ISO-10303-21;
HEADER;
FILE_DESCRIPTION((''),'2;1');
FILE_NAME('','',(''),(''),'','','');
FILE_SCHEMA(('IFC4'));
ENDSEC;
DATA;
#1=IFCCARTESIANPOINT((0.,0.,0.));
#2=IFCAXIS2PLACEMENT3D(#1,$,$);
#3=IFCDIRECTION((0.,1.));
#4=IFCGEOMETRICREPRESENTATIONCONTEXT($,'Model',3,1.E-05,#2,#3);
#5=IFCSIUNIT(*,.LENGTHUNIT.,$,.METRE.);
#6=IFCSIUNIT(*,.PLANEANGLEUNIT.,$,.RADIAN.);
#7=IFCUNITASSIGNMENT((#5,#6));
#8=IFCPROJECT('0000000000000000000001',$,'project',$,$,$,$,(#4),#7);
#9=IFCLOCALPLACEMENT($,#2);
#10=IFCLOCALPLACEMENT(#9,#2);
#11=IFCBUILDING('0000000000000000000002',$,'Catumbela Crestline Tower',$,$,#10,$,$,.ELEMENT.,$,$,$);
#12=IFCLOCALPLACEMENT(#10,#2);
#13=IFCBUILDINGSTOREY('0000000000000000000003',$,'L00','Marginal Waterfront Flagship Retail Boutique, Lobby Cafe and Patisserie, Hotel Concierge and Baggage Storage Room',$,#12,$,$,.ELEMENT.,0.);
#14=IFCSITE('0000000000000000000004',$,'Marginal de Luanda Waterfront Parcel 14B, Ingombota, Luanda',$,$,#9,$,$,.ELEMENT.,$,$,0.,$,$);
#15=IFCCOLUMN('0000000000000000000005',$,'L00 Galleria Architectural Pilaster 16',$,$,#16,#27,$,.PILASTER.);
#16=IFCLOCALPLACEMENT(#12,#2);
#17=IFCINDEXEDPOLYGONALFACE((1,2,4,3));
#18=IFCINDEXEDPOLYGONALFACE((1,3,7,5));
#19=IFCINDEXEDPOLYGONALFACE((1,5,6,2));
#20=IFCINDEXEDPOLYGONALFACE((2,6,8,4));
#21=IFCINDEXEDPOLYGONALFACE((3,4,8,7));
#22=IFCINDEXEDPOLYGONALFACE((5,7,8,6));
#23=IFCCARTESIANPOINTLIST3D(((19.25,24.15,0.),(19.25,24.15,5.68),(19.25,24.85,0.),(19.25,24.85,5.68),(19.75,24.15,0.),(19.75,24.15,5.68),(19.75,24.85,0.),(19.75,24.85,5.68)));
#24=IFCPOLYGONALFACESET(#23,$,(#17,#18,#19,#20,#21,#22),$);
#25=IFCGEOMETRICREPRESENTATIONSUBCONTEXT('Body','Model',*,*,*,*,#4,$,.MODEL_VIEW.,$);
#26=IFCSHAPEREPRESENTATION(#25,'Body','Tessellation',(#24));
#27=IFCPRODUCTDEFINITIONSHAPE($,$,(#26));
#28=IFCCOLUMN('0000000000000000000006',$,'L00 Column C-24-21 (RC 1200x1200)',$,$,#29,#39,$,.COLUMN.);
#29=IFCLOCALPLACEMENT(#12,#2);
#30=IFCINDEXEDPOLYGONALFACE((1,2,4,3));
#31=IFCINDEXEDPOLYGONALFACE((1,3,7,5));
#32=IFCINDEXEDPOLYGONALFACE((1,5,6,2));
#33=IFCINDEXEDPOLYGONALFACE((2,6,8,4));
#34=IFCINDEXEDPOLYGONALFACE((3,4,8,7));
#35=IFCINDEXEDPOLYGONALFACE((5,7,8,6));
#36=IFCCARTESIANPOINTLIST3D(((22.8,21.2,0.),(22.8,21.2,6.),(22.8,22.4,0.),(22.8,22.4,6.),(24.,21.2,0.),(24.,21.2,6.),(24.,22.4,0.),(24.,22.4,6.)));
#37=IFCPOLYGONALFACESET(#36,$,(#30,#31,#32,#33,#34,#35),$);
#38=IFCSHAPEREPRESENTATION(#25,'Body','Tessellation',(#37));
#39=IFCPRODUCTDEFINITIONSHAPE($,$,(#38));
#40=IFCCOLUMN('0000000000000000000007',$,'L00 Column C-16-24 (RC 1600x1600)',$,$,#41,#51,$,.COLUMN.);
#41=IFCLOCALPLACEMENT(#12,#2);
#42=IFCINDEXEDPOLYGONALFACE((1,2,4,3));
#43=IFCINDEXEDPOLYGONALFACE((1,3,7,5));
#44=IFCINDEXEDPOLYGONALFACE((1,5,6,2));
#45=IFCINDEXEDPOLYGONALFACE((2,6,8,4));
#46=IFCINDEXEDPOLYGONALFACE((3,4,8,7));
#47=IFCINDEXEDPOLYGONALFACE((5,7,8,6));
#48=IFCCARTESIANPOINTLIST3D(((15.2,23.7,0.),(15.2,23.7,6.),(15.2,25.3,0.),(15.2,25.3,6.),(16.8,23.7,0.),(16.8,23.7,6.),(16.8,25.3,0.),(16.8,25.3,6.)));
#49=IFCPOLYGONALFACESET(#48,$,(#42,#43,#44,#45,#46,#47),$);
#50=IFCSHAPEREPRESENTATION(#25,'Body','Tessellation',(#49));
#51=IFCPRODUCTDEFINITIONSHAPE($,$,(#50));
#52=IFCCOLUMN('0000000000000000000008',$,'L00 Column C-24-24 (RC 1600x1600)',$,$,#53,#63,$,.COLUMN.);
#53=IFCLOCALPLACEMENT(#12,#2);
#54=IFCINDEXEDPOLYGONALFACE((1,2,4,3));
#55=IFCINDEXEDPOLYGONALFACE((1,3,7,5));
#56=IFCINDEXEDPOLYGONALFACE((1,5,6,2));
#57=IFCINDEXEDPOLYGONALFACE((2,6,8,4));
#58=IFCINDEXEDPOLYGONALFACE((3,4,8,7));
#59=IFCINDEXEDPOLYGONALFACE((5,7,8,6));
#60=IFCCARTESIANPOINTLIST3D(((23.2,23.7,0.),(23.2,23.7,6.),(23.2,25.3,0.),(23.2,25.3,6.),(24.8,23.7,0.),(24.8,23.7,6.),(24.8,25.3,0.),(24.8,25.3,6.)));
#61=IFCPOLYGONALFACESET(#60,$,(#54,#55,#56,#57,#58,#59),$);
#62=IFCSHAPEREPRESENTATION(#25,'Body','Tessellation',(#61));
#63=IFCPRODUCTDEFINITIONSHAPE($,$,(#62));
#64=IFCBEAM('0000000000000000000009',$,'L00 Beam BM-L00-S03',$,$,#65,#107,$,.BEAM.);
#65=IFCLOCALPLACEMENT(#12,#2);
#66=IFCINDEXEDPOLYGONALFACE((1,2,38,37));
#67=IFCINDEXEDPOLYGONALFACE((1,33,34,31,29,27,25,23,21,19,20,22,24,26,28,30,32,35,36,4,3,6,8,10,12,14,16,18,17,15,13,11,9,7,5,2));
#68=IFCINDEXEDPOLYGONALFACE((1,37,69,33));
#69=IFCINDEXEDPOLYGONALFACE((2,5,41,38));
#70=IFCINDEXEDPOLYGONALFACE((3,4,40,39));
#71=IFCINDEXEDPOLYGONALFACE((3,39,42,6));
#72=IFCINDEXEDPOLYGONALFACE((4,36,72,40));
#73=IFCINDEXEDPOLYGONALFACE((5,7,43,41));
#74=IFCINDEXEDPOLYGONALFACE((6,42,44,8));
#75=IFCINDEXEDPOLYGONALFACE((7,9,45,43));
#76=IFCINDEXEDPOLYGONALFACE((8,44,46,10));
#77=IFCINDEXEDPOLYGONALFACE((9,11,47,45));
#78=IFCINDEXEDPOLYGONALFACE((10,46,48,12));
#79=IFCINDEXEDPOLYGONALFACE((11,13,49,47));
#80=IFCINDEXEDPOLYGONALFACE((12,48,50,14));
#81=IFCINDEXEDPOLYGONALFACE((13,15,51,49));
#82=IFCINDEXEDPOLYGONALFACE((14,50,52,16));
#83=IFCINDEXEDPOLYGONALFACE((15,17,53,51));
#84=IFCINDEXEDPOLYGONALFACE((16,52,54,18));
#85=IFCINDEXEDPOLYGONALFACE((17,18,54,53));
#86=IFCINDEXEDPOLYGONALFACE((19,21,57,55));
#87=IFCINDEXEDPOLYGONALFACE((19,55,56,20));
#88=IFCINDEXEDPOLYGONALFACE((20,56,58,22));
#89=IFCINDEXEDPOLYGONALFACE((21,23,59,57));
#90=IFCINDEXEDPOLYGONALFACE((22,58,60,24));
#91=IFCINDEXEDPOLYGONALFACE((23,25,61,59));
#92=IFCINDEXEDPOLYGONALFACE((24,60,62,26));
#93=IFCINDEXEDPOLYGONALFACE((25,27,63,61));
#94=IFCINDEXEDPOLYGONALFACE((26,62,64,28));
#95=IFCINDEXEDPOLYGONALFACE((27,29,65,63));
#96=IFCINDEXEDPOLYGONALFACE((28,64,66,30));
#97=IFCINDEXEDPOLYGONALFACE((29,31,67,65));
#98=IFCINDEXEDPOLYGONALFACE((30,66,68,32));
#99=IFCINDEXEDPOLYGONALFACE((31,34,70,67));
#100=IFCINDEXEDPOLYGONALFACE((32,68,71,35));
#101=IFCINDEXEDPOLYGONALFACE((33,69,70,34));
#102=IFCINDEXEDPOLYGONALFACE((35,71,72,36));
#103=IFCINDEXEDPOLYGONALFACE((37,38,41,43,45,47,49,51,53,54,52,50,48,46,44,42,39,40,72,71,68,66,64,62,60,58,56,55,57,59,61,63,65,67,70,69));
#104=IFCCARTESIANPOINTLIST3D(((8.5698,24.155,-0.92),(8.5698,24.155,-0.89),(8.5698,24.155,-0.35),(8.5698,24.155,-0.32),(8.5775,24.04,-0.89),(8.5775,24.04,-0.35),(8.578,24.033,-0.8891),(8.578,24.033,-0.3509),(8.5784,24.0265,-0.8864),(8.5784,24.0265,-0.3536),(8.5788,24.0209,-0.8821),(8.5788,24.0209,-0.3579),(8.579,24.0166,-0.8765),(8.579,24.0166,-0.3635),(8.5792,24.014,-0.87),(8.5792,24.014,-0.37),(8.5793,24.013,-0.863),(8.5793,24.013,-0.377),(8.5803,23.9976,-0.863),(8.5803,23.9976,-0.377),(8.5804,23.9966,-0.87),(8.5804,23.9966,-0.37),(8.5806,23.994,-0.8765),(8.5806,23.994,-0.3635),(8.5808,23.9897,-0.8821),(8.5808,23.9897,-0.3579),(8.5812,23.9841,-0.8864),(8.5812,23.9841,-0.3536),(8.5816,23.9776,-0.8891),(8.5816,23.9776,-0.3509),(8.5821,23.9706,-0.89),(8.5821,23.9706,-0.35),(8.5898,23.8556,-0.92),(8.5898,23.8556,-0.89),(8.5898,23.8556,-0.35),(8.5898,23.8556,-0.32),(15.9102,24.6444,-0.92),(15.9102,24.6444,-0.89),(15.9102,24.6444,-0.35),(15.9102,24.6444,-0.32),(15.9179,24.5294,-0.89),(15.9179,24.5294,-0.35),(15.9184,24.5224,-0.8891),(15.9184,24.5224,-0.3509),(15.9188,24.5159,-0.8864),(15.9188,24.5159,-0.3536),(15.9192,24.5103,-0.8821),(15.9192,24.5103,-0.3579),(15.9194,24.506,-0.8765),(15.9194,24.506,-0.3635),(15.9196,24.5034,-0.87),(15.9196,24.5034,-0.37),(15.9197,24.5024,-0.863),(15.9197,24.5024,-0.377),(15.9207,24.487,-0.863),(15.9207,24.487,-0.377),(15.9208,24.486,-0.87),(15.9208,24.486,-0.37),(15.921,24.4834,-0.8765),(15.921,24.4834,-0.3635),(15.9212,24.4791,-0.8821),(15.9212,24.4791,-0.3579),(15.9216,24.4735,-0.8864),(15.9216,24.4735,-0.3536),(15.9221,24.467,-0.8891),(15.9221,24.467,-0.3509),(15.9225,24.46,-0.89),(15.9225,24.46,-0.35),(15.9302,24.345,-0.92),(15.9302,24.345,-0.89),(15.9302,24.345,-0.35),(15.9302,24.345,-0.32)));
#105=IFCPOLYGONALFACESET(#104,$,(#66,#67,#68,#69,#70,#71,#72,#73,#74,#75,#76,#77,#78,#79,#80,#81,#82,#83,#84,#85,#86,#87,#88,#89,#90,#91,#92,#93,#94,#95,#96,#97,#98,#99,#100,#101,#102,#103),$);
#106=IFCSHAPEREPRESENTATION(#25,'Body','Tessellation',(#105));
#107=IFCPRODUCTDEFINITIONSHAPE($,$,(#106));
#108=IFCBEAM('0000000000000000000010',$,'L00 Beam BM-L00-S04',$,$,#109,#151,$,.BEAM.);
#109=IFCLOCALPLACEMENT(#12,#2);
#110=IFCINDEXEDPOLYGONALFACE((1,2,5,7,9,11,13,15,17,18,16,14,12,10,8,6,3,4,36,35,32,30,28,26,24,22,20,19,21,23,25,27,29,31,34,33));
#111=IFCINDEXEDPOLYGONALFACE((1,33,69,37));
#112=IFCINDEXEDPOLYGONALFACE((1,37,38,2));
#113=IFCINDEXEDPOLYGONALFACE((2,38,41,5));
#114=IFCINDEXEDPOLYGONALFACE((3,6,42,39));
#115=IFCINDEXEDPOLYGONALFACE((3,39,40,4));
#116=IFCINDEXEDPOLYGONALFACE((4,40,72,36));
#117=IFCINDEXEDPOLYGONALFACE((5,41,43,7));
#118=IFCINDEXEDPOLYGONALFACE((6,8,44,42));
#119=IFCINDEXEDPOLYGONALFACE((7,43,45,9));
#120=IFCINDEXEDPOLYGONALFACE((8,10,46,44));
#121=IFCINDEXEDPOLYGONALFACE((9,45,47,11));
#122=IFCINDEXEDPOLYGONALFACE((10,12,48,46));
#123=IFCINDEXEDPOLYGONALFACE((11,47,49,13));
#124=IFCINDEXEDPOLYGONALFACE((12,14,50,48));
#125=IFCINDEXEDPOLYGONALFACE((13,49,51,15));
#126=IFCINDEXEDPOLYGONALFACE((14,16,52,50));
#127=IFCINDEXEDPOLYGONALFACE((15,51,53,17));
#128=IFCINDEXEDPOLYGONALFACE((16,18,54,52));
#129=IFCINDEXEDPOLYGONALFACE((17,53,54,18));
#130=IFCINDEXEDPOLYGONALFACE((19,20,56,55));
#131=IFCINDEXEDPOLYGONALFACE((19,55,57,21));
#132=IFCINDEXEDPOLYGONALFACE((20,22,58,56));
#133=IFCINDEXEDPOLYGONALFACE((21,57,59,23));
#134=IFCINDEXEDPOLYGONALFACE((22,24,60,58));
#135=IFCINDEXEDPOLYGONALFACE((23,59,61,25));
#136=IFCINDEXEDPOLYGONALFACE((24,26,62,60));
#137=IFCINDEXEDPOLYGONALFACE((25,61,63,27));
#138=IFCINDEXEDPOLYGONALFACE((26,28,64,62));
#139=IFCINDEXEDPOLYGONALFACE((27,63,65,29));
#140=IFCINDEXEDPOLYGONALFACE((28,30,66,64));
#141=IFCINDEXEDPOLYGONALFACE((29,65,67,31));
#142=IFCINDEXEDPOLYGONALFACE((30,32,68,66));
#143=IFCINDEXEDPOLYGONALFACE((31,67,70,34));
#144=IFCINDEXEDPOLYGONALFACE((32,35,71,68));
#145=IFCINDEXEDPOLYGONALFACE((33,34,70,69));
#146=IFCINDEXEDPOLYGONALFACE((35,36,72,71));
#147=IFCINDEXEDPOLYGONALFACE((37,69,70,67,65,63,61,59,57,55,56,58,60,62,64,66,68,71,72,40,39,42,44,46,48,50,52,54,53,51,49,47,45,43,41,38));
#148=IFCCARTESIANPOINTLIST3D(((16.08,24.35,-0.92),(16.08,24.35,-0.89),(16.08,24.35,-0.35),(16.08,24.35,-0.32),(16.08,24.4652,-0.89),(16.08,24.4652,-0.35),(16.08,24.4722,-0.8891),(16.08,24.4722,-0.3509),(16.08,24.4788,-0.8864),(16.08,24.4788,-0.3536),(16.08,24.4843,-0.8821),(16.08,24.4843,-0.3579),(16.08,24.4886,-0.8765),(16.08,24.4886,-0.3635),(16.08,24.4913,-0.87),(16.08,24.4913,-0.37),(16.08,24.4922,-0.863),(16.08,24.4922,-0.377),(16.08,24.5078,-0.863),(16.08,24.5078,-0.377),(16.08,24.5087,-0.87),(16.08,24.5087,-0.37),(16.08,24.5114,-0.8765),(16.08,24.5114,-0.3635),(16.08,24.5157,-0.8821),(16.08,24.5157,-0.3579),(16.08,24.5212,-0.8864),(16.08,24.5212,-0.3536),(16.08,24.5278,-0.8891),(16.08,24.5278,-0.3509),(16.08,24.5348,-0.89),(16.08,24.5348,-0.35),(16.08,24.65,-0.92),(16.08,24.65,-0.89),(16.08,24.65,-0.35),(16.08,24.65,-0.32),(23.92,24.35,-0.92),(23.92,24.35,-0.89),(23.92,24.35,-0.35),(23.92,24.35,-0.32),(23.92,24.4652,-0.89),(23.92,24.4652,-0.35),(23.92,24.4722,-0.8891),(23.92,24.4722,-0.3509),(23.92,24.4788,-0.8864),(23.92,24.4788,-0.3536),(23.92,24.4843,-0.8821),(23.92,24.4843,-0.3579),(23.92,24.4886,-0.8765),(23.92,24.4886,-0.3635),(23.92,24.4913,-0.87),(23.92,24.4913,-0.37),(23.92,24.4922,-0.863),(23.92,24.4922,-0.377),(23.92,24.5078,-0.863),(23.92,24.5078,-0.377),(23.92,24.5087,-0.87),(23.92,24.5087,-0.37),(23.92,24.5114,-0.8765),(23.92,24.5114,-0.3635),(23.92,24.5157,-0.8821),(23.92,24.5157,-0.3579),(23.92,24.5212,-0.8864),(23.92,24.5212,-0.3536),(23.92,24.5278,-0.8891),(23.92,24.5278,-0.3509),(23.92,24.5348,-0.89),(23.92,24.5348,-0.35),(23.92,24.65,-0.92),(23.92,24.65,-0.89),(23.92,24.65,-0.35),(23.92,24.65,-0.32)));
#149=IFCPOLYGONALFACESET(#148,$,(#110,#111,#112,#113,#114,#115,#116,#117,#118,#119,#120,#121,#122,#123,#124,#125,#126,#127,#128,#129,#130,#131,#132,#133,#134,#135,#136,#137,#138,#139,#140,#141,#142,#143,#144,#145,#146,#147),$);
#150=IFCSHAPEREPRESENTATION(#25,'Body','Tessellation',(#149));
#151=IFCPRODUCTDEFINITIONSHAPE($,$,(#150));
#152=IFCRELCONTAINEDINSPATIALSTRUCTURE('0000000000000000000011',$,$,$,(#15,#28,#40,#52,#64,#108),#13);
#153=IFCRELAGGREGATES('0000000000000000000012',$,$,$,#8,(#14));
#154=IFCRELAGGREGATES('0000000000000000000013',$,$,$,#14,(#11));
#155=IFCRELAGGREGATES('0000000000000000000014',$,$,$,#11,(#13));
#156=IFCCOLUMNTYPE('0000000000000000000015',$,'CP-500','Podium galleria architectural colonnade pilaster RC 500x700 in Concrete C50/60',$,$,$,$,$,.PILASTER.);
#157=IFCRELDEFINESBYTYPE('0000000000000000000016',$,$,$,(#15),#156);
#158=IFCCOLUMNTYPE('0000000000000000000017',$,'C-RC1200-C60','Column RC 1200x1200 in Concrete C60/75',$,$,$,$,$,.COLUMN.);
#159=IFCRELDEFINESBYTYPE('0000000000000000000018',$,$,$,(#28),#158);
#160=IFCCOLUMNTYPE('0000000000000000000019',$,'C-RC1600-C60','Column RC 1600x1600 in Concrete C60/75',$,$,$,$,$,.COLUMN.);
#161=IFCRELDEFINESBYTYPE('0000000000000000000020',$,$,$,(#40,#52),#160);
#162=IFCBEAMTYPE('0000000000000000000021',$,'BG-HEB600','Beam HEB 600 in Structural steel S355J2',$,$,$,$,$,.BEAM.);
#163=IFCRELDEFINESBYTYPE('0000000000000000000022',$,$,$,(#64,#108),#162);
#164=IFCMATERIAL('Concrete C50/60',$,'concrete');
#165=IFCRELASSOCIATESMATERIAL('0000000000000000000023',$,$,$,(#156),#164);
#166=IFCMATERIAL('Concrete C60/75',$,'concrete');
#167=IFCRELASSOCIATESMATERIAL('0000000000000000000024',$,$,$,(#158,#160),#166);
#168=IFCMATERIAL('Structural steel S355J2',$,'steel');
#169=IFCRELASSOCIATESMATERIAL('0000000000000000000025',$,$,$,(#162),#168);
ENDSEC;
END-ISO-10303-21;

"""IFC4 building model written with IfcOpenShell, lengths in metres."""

from ifc_helpers import new_model, si_unit, direction, frame, origin, origin_2d, place, context, subcontext, project, spatial, rectangle, i_section, extrude, material, material_profile, profile_set, type_object, element, save


model = new_model("IFC4")

# Units and contexts
model_context = context("Model", 3, precision=1e-05, world=origin(), true_north=direction((0.0, 1.0)))
body_context = subcontext(model_context, "Body", "Model", "MODEL_VIEW")
ifc_project = project(units=[si_unit("LENGTHUNIT", "METRE"), si_unit("PLANEANGLEUNIT", "RADIAN")], contexts=[model_context])

# Site, building, storey
site_placement = place(None, origin())
site = spatial("IfcSite", under=ifc_project, at=site_placement, Name="Marginal de Luanda Waterfront Parcel 14B, Ingombota, Luanda", CompositionType="ELEMENT", RefElevation=0.0)
building_placement = place(site_placement, origin())
building = spatial("IfcBuilding", under=site, at=building_placement, Name="Catumbela Crestline Tower", CompositionType="ELEMENT")
storey_placement = place(building_placement, origin())
storey = spatial("IfcBuildingStorey", under=building, at=storey_placement, Name="L00", Description="Marginal Waterfront Flagship Retail Boutique, Lobby Cafe and Patisserie, Hotel Concierge and Baggage Storage Room", CompositionType="ELEMENT", Elevation=0.0)

# Columns
ifc_material_1 = material(Name="Concrete C50/60", Category="concrete")
ifc_material_profile_1 = material_profile(ifc_material_1, rectangle(XDim=0.5, YDim=0.7, at=origin_2d()), Name="RC 500x700")
ifc_profile_set_1 = profile_set([ifc_material_profile_1], Name="Concrete C50/60")
column_type_1 = type_object("IfcColumnType", Name="CP-500", Description="Podium galleria architectural colonnade pilaster RC 500x700 in Concrete C50/60", PredefinedType="PILASTER", material=ifc_profile_set_1)
column_1_placement = place(storey_placement, frame((19.5, 24.5, 0.0), z_axis=(0.0, 0.0, 1.0), x_axis=(1.0, 0.0, 0.0)))
element("IfcColumn", 1, at=column_1_placement, inside=storey, type_object=column_type_1, Name="L00 Galleria Architectural Pilaster 16", PredefinedType="PILASTER", context=body_context, shape_type="SweptSolid", body=[
    extrude(rectangle(XDim=0.5, YDim=0.7, at=origin_2d()), origin(), (0.0, 0.0, 1.0), 5.68),
])
ifc_material_2 = material(Name="Concrete C60/75", Category="concrete")
ifc_material_profile_2 = material_profile(ifc_material_2, rectangle(XDim=1.2, YDim=1.2, at=origin_2d()), Name="RC 1200x1200")
ifc_profile_set_2 = profile_set([ifc_material_profile_2], Name="Concrete C60/75")
column_type_2 = type_object("IfcColumnType", Name="C-RC1200-C60", Description="Column RC 1200x1200 in Concrete C60/75", PredefinedType="COLUMN", material=ifc_profile_set_2)
column_2_placement = place(storey_placement, frame((23.4, 21.8, 0.0), z_axis=(0.0, 0.0, 1.0), x_axis=(1.0, 0.0, 0.0)))
element("IfcColumn", 2, at=column_2_placement, inside=storey, type_object=column_type_2, Name="L00 Column C-24-21 (RC 1200x1200)", PredefinedType="COLUMN", context=body_context, shape_type="SweptSolid", body=[
    extrude(rectangle(XDim=1.2, YDim=1.2, at=origin_2d()), origin(), (0.0, 0.0, 1.0), 6.0),
])
ifc_material_profile_3 = material_profile(ifc_material_2, rectangle(XDim=1.6, YDim=1.6, at=origin_2d()), Name="RC 1600x1600")
ifc_profile_set_3 = profile_set([ifc_material_profile_3], Name="Concrete C60/75")
column_type_3 = type_object("IfcColumnType", Name="C-RC1600-C60", Description="Column RC 1600x1600 in Concrete C60/75", PredefinedType="COLUMN", material=ifc_profile_set_3)
for number, where, z_axis, x_axis, name in (
    (3, (16.0, 24.5, 0.0), (0.0, 0.0, 1.0), (1.0, 0.0, 0.0), "L00 Column C-16-24 (RC 1600x1600)"),
    (4, (24.0, 24.5, 0.0), (0.0, 0.0, 1.0), (1.0, 0.0, 0.0), "L00 Column C-24-24 (RC 1600x1600)"),
):
    element("IfcColumn", number, at=place(storey_placement, frame(where, z_axis=z_axis, x_axis=x_axis)), inside=storey, type_object=column_type_3, Name=name, PredefinedType="COLUMN", context=body_context, shape_type="SweptSolid", body=[
        extrude(rectangle(XDim=1.6, YDim=1.6, at=origin_2d()), origin(), (0.0, 0.0, 1.0), 6.0),
    ])

# Beams
ifc_material_3 = material(Name="Structural steel S355J2", Category="steel")
ifc_material_profile_4 = material_profile(ifc_material_3, i_section(OverallWidth=0.3, OverallDepth=0.6, WebThickness=0.0155, FlangeThickness=0.03, FilletRadius=0.027, at=origin_2d()), Name="HEB 600")
ifc_profile_set_4 = profile_set([ifc_material_profile_4], Name="Structural steel S355J2")
beam_type_1 = type_object("IfcBeamType", Name="BG-HEB600", Description="Beam HEB 600 in Structural steel S355J2", PredefinedType="BEAM", material=ifc_profile_set_4)
beam_1_placement = place(storey_placement, frame((8.5798, 24.0053, -0.62), z_axis=(0.997785, 0.066524, 0.0), x_axis=(-0.066524, 0.997785, 0.0)))
element("IfcBeam", 5, at=beam_1_placement, inside=storey, type_object=beam_type_1, Name="L00 Beam BM-L00-S03", PredefinedType="BEAM", context=body_context, shape_type="SweptSolid", body=[
    extrude(i_section(OverallWidth=0.3, OverallDepth=0.6, WebThickness=0.0155, FlangeThickness=0.03, FilletRadius=0.027, at=origin_2d()), origin(), (0.0, 0.0, 1.0), 7.3567),
])
beam_2_placement = place(storey_placement, frame((16.08, 24.5, -0.62), z_axis=(1.0, 0.0, 0.0), x_axis=(0.0, 1.0, 0.0)))
element("IfcBeam", 6, at=beam_2_placement, inside=storey, type_object=beam_type_1, Name="L00 Beam BM-L00-S04", PredefinedType="BEAM", context=body_context, shape_type="SweptSolid", body=[
    extrude(i_section(OverallWidth=0.3, OverallDepth=0.6, WebThickness=0.0155, FlangeThickness=0.03, FilletRadius=0.027, at=origin_2d()), origin(), (0.0, 0.0, 1.0), 7.84),
])

save(model, "model.ifc")
